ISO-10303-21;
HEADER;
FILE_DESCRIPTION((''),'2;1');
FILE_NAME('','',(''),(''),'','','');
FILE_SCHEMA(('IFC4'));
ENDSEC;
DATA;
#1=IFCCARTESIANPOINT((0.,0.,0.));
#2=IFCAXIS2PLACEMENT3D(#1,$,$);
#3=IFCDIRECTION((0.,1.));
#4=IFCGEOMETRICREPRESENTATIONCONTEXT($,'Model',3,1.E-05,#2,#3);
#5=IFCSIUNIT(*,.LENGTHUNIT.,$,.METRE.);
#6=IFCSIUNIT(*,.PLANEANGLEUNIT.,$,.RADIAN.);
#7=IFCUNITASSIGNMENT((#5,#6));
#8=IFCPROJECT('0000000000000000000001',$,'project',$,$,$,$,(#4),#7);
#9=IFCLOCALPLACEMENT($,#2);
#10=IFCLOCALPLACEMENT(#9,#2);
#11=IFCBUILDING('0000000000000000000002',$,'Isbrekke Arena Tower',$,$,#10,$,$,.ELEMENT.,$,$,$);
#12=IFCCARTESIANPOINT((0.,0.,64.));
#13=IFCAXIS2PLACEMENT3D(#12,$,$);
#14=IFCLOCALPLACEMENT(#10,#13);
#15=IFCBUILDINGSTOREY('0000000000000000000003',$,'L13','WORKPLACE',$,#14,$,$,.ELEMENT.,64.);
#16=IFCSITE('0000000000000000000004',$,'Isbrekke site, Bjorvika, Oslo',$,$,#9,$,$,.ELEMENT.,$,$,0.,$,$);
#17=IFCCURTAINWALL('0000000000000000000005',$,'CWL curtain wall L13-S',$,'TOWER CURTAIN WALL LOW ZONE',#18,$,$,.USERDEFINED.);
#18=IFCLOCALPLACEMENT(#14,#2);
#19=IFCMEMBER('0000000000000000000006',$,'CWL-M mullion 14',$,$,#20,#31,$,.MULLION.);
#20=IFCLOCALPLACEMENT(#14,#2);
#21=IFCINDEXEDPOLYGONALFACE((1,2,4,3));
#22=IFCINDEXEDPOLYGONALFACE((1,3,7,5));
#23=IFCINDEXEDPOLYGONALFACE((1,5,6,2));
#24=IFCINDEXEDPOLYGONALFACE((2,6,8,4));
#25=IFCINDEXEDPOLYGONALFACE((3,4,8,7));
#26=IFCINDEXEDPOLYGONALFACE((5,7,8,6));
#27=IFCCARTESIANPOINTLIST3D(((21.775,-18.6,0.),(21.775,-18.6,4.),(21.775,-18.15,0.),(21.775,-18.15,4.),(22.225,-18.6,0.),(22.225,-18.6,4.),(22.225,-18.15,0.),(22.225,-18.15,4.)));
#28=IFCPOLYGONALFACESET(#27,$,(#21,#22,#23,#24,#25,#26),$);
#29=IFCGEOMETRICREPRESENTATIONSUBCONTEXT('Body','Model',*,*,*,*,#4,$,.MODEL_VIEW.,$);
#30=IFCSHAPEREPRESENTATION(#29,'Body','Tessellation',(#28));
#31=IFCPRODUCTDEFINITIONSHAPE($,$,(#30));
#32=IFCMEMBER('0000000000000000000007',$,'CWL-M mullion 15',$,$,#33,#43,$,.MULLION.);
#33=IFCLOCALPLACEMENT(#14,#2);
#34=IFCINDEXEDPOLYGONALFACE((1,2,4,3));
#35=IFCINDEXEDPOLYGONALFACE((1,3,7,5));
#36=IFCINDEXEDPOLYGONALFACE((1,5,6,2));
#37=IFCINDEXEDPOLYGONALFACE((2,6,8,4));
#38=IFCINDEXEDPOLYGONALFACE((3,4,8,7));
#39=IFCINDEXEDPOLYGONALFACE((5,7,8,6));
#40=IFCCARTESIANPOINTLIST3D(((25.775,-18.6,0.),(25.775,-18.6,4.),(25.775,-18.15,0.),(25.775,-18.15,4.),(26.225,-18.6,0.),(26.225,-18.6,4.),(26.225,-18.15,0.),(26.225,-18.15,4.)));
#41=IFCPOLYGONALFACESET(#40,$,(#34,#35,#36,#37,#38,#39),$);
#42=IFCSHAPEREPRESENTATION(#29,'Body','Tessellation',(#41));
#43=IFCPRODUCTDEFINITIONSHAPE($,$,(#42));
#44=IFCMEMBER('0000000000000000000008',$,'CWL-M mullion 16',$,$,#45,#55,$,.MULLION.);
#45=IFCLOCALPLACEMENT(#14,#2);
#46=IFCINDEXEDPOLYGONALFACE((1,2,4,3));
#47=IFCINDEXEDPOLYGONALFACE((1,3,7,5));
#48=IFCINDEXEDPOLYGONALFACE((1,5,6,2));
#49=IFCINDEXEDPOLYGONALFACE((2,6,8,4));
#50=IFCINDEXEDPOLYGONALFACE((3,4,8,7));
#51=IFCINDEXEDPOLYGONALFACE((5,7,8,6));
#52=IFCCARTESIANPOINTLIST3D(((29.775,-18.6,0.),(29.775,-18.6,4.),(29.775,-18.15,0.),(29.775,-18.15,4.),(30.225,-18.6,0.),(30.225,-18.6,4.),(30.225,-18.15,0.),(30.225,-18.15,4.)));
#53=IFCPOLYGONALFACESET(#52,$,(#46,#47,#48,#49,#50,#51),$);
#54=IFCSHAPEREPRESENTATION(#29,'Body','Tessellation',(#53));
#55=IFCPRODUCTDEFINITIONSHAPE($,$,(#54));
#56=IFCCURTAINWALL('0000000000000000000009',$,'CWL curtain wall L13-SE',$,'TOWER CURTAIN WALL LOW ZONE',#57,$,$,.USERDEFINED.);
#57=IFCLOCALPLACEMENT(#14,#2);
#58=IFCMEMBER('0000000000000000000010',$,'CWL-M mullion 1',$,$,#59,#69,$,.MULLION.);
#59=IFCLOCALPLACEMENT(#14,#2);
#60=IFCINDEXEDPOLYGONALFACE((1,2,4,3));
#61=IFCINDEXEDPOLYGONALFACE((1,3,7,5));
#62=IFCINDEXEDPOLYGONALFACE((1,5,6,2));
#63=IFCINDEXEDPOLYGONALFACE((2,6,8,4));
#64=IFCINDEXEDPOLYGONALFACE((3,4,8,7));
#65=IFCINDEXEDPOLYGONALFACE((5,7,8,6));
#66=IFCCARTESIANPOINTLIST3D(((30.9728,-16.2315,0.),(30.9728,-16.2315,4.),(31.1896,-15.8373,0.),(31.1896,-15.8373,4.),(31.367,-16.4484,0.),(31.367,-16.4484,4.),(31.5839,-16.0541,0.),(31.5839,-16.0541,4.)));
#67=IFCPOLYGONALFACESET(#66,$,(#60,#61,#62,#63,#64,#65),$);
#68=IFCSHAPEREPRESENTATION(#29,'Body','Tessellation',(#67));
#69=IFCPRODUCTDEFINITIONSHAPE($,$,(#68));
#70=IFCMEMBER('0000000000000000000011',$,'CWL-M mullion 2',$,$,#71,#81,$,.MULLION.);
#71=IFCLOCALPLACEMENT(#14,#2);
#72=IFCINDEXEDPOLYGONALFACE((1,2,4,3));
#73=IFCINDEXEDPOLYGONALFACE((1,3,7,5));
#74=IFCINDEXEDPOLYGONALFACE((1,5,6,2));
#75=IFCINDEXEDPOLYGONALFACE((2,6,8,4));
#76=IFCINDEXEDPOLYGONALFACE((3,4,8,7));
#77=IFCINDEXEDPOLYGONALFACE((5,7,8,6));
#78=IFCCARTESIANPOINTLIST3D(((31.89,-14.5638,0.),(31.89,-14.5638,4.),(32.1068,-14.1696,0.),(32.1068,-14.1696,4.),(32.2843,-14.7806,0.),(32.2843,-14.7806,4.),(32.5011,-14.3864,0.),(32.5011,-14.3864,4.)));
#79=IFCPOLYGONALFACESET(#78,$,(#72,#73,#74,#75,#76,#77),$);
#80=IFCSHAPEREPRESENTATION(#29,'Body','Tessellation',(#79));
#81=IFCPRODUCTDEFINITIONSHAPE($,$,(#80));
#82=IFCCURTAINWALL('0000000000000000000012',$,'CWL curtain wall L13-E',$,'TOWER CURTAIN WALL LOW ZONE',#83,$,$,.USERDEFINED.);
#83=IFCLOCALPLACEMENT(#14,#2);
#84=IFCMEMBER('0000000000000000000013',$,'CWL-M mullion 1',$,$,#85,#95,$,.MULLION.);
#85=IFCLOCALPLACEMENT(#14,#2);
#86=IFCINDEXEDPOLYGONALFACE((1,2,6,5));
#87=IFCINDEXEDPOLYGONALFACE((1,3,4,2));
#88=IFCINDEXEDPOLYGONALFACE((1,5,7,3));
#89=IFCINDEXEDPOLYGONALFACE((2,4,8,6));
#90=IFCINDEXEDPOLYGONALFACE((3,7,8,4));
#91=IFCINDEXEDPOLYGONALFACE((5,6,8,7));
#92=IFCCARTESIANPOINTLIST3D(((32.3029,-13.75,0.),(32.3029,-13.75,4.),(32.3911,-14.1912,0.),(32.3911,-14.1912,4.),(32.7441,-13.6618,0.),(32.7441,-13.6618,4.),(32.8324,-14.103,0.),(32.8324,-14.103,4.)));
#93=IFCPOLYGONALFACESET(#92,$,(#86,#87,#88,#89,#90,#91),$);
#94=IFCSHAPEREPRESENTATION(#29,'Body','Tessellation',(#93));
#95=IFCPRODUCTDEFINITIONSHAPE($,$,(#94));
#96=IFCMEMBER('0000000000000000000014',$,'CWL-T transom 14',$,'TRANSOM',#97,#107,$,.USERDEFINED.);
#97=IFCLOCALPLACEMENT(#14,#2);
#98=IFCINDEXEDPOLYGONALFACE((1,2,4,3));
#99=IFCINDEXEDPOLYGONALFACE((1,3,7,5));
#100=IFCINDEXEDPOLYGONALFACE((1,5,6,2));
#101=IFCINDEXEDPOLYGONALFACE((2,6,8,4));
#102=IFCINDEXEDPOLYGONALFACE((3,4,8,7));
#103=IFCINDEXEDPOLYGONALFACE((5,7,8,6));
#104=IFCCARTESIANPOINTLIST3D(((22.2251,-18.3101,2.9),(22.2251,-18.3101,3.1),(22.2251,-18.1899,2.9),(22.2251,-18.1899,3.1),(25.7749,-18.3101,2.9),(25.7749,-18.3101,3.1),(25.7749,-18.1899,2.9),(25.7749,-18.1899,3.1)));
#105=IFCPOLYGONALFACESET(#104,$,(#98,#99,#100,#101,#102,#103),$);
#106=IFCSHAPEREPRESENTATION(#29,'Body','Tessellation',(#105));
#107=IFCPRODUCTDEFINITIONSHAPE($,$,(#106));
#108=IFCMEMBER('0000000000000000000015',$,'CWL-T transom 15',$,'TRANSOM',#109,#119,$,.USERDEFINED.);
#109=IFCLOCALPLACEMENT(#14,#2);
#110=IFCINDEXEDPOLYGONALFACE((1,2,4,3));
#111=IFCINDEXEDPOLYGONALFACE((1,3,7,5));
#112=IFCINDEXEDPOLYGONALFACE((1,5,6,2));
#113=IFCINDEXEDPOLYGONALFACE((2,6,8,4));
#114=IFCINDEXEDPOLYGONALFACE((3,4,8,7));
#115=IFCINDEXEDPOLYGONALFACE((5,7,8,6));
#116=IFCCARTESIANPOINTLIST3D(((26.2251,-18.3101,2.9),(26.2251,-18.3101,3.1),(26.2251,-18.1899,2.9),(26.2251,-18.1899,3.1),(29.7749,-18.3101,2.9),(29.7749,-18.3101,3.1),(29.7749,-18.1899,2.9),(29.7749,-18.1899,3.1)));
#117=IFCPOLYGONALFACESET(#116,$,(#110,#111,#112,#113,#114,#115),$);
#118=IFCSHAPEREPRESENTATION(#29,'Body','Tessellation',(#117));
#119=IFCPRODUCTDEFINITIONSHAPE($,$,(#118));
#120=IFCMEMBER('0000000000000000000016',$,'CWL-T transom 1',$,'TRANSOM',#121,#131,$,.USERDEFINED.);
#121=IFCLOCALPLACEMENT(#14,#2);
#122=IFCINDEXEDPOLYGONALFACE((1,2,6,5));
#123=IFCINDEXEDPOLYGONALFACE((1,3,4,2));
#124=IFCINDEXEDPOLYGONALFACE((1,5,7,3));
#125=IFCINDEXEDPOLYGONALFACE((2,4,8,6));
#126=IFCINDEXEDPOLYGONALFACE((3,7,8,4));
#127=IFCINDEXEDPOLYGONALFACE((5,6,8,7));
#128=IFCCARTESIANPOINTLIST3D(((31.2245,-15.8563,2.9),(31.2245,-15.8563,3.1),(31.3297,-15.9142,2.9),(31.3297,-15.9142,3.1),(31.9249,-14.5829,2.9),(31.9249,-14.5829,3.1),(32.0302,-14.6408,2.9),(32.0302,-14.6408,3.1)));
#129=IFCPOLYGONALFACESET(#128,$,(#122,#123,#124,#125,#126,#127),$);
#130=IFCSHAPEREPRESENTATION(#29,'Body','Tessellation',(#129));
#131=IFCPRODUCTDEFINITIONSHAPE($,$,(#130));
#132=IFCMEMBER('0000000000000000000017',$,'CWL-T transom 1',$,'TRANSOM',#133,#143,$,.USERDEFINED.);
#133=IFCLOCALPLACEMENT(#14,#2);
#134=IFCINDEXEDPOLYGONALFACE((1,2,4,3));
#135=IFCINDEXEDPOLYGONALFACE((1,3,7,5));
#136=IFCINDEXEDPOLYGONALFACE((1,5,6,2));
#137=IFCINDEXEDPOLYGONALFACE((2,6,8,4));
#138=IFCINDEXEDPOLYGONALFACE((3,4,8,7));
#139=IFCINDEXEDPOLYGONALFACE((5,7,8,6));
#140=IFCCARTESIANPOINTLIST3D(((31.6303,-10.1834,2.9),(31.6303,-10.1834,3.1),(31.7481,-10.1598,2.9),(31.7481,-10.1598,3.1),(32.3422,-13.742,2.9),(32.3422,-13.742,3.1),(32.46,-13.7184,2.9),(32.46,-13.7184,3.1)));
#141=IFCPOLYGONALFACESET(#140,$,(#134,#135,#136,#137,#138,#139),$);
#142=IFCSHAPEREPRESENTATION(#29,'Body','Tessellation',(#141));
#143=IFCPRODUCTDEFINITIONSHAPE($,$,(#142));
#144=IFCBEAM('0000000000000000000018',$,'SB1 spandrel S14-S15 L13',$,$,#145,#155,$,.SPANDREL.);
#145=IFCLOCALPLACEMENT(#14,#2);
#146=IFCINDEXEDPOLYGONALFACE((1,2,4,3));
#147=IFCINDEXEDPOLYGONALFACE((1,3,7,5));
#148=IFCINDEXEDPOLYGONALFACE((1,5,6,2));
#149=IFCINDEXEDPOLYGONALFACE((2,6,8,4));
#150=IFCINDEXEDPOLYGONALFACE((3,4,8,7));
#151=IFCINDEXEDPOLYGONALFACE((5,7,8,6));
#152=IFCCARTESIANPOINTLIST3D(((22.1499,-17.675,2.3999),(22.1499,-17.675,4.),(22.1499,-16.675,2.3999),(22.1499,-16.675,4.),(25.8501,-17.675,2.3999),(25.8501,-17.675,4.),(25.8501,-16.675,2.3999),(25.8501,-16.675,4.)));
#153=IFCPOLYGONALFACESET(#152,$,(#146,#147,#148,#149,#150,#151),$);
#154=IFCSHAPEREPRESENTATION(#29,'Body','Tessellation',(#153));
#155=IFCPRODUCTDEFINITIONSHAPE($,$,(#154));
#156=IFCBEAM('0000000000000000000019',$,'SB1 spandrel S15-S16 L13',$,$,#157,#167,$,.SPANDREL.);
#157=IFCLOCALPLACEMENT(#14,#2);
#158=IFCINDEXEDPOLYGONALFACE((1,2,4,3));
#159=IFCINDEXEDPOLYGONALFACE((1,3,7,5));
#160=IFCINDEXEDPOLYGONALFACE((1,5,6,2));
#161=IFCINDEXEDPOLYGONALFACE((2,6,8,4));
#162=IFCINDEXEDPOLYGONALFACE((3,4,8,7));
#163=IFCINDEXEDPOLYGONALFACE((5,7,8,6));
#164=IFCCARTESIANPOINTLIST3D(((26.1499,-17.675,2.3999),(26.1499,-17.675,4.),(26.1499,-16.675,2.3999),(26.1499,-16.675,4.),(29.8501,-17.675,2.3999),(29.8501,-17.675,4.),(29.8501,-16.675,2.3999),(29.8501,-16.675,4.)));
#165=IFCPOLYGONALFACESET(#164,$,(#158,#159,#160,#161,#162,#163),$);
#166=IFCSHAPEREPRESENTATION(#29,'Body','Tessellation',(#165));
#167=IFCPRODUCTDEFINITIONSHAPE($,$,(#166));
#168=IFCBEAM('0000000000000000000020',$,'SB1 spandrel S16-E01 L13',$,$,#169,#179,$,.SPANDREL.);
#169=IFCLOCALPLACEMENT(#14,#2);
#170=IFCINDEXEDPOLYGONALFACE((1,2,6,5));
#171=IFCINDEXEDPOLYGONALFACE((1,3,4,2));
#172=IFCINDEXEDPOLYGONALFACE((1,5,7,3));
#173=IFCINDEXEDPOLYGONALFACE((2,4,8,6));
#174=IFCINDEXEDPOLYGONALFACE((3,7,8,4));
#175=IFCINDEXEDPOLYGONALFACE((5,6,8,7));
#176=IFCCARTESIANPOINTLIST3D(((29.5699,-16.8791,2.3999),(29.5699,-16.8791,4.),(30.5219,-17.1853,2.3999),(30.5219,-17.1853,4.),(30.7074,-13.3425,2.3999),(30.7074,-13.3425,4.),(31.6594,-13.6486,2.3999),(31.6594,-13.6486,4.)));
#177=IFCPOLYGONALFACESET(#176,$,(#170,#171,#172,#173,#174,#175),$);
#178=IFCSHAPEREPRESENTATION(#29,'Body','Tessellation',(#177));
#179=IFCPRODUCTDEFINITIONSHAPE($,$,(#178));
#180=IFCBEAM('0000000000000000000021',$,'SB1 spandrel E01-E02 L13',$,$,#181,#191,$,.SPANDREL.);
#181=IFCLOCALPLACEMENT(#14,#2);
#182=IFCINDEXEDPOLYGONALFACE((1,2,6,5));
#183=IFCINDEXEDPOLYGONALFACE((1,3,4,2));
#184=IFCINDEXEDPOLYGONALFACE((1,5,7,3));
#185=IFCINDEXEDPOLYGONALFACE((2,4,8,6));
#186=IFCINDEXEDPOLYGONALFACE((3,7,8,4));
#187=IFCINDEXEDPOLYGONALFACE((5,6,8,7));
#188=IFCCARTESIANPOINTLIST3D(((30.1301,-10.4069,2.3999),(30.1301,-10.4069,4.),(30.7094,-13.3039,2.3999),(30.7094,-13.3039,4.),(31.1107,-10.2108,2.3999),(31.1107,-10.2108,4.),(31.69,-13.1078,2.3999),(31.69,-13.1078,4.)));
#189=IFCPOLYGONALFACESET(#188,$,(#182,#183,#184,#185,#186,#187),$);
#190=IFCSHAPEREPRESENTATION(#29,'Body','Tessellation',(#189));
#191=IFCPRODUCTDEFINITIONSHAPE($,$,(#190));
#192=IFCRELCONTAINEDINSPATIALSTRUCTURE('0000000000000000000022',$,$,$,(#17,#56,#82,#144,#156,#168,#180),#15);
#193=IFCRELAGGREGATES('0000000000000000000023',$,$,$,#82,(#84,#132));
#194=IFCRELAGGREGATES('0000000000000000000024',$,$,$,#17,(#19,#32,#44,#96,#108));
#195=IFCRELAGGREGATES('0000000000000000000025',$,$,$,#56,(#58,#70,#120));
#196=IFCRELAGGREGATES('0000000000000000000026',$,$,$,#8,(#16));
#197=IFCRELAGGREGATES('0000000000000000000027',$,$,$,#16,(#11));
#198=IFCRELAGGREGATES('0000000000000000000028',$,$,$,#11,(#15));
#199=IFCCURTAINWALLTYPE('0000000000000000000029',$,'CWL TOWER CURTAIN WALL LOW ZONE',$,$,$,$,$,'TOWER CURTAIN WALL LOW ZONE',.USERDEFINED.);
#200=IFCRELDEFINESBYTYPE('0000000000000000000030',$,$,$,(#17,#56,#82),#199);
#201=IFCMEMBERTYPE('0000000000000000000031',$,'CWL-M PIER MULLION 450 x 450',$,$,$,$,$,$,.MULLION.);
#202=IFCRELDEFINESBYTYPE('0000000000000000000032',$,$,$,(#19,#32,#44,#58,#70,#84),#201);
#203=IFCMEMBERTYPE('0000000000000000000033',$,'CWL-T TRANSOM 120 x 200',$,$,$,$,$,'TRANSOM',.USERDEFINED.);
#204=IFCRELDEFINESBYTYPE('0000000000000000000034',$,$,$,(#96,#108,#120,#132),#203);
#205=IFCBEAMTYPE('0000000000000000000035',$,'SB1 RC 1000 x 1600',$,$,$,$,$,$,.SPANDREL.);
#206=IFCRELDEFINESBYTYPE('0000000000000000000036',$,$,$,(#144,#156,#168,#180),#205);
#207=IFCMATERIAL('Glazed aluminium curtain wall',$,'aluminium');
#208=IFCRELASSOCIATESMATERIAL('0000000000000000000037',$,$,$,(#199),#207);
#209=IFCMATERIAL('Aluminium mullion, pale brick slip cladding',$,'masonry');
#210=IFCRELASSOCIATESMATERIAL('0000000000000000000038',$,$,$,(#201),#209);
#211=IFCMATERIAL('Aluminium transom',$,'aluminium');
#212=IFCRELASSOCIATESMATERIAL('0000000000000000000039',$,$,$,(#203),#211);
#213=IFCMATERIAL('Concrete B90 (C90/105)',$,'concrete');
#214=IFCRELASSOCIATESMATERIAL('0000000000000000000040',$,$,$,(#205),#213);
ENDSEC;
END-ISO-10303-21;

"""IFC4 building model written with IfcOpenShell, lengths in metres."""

from ifc_helpers import new_model, si_unit, direction, frame, origin, origin_2d, place, context, subcontext, project, spatial, rectangle, extrude, material, material_profile, profile_set, type_object, element, aggregate, save


model = new_model("IFC4")

# Units and contexts
model_context = context("Model", 3, precision=1e-05, world=origin(), true_north=direction((0.0, 1.0)))
body_context = subcontext(model_context, "Body", "Model", "MODEL_VIEW")
ifc_project = project(units=[si_unit("LENGTHUNIT", "METRE"), si_unit("PLANEANGLEUNIT", "RADIAN")], contexts=[model_context])

# Site, building, storey
site_placement = place(None, origin())
site = spatial("IfcSite", under=ifc_project, at=site_placement, Name="Isbrekke site, Bjorvika, Oslo", CompositionType="ELEMENT", RefElevation=0.0)
building_placement = place(site_placement, origin())
building = spatial("IfcBuilding", under=site, at=building_placement, Name="Isbrekke Arena Tower", CompositionType="ELEMENT")
storey_placement = place(building_placement, frame((0.0, 0.0, 64.0)))
storey = spatial("IfcBuildingStorey", under=building, at=storey_placement, Name="L13", Description="WORKPLACE", CompositionType="ELEMENT", Elevation=64.0)

# Curtain walls, members
ifc_material_1 = material(Name="Glazed aluminium curtain wall", Category="aluminium")
curtain_wall_type = type_object("IfcCurtainWallType", Name="CWL TOWER CURTAIN WALL LOW ZONE", ElementType="TOWER CURTAIN WALL LOW ZONE", PredefinedType="USERDEFINED", material=ifc_material_1)
curtain_wall_1_placement = place(storey_placement, origin())
curtain_wall_1 = element("IfcCurtainWall", 1, at=curtain_wall_1_placement, inside=storey, type_object=curtain_wall_type, Name="CWL curtain wall L13-S", ObjectType="TOWER CURTAIN WALL LOW ZONE", PredefinedType="USERDEFINED")
ifc_material_2 = material(Name="Aluminium mullion, pale brick slip cladding", Category="masonry")
ifc_material_profile_1 = material_profile(ifc_material_2, rectangle(XDim=0.45, YDim=0.45, at=origin_2d()), Name="PIER 450X450")
ifc_profile_set_1 = profile_set([ifc_material_profile_1], Name="Aluminium mullion, pale brick slip cladding")
member_type_1 = type_object("IfcMemberType", Name="CWL-M PIER MULLION 450 x 450", PredefinedType="MULLION", material=ifc_profile_set_1)
member_1_placement = place(storey_placement, frame((22.0, -18.375, 0.0), z_axis=(0.0, 0.0, 1.0), x_axis=(1.0, 0.0, 0.0)))
member_1 = element("IfcMember", 2, at=member_1_placement, type_object=member_type_1, Name="CWL-M mullion 14", PredefinedType="MULLION", context=body_context, shape_type="SweptSolid", body=[
    extrude(rectangle(XDim=0.45, YDim=0.45, at=origin_2d()), origin(), (0.0, 0.0, 1.0), 4.0),
])
member_2_placement = place(storey_placement, frame((26.0, -18.375, 0.0), z_axis=(0.0, 0.0, 1.0), x_axis=(1.0, 0.0, 0.0)))
member_2 = element("IfcMember", 3, at=member_2_placement, type_object=member_type_1, Name="CWL-M mullion 15", PredefinedType="MULLION", context=body_context, shape_type="SweptSolid", body=[
    extrude(rectangle(XDim=0.45, YDim=0.45, at=origin_2d()), origin(), (0.0, 0.0, 1.0), 4.0),
])
member_3_placement = place(storey_placement, frame((30.0, -18.375, 0.0), z_axis=(0.0, 0.0, 1.0), x_axis=(1.0, 0.0, 0.0)))
member_3 = element("IfcMember", 4, at=member_3_placement, type_object=member_type_1, Name="CWL-M mullion 16", PredefinedType="MULLION", context=body_context, shape_type="SweptSolid", body=[
    extrude(rectangle(XDim=0.45, YDim=0.45, at=origin_2d()), origin(), (0.0, 0.0, 1.0), 4.0),
])
curtain_wall_2_placement = place(storey_placement, origin())
curtain_wall_2 = element("IfcCurtainWall", 5, at=curtain_wall_2_placement, inside=storey, type_object=curtain_wall_type, Name="CWL curtain wall L13-SE", ObjectType="TOWER CURTAIN WALL LOW ZONE", PredefinedType="USERDEFINED")
member_4_placement = place(storey_placement, frame((31.2783, -16.1428, 0.0), z_axis=(0.0, 0.0, 1.0), x_axis=(0.481919, 0.876216, 0.0)))
member_4 = element("IfcMember", 6, at=member_4_placement, type_object=member_type_1, Name="CWL-M mullion 1", PredefinedType="MULLION", context=body_context, shape_type="SweptSolid", body=[
    extrude(rectangle(XDim=0.45, YDim=0.45, at=origin_2d()), origin(), (0.0, 0.0, 1.0), 4.0),
])
member_5_placement = place(storey_placement, frame((32.1956, -14.4751, 0.0), z_axis=(0.0, 0.0, 1.0), x_axis=(0.481919, 0.876216, 0.0)))
member_5 = element("IfcMember", 7, at=member_5_placement, type_object=member_type_1, Name="CWL-M mullion 2", PredefinedType="MULLION", context=body_context, shape_type="SweptSolid", body=[
    extrude(rectangle(XDim=0.45, YDim=0.45, at=origin_2d()), origin(), (0.0, 0.0, 1.0), 4.0),
])

# Curtain wall, member
curtain_wall_3_placement = place(storey_placement, origin())
curtain_wall_3 = element("IfcCurtainWall", 8, at=curtain_wall_3_placement, inside=storey, type_object=curtain_wall_type, Name="CWL curtain wall L13-E", ObjectType="TOWER CURTAIN WALL LOW ZONE", PredefinedType="USERDEFINED")
member_6_placement = place(storey_placement, frame((32.5676, -13.9265, 0.0), z_axis=(0.0, 0.0, 1.0), x_axis=(-0.196116, 0.980581, 0.0)))
member_6 = element("IfcMember", 9, at=member_6_placement, type_object=member_type_1, Name="CWL-M mullion 1", PredefinedType="MULLION", context=body_context, shape_type="SweptSolid", body=[
    extrude(rectangle(XDim=0.45, YDim=0.45, at=origin_2d()), origin(), (0.0, 0.0, 1.0), 4.0),
])

# Members
ifc_material_3 = material(Name="Aluminium transom", Category="aluminium")
ifc_material_profile_2 = material_profile(ifc_material_3, rectangle(XDim=0.1201, YDim=0.2, at=origin_2d()), Name="TRANSOM 120X200")
ifc_profile_set_2 = profile_set([ifc_material_profile_2], Name="Aluminium transom")
member_type_2 = type_object("IfcMemberType", Name="CWL-T TRANSOM 120 x 200", ElementType="TRANSOM", PredefinedType="USERDEFINED", material=ifc_profile_set_2)
member_7_placement = place(storey_placement, frame((22.2251, -18.25, 3.0), z_axis=(1.0, 0.0, 0.0), x_axis=(0.0, 1.0, 0.0)))
member_7 = element("IfcMember", 10, at=member_7_placement, type_object=member_type_2, Name="CWL-T transom 14", ObjectType="TRANSOM", PredefinedType="USERDEFINED", context=body_context, shape_type="SweptSolid", body=[
    extrude(rectangle(XDim=0.1201, YDim=0.2, at=origin_2d()), origin(), (0.0, 0.0, 1.0), 3.5498),
])
member_8_placement = place(storey_placement, frame((26.2251, -18.25, 3.0), z_axis=(1.0, 0.0, 0.0), x_axis=(0.0, 1.0, 0.0)))
member_8 = element("IfcMember", 11, at=member_8_placement, type_object=member_type_2, Name="CWL-T transom 15", ObjectType="TRANSOM", PredefinedType="USERDEFINED", context=body_context, shape_type="SweptSolid", body=[
    extrude(rectangle(XDim=0.1201, YDim=0.2, at=origin_2d()), origin(), (0.0, 0.0, 1.0), 3.5498),
])
member_9_placement = place(storey_placement, frame((31.2771, -15.8853, 3.0), z_axis=(0.481945, 0.876202, 0.0), x_axis=(-0.876202, 0.481945, 0.0)))
member_9 = element("IfcMember", 12, at=member_9_placement, type_object=member_type_2, Name="CWL-T transom 1", ObjectType="TRANSOM", PredefinedType="USERDEFINED", context=body_context, shape_type="SweptSolid", body=[
    extrude(rectangle(XDim=0.1201, YDim=0.2, at=origin_2d()), origin(), (0.0, 0.0, 1.0), 1.4534),
])
member_10_placement = place(storey_placement, frame((32.4011, -13.7302, 3.0), z_axis=(-0.196168, 0.98057, 0.0), x_axis=(-0.98057, -0.196168, 0.0)))
member_10 = element("IfcMember", 13, at=member_10_placement, type_object=member_type_2, Name="CWL-T transom 1", ObjectType="TRANSOM", PredefinedType="USERDEFINED", context=body_context, shape_type="SweptSolid", body=[
    extrude(rectangle(XDim=0.1201, YDim=0.2, at=origin_2d()), origin(), (0.0, 0.0, 1.0), 3.6292),
])
aggregate(curtain_wall_3, [member_6, member_10])

# Beams
ifc_material_4 = material(Name="Concrete B90 (C90/105)", Category="concrete")
ifc_material_profile_3 = material_profile(ifc_material_4, rectangle(XDim=1.0, YDim=1.6001, at=origin_2d()), Name="RC 1000x1600")
ifc_profile_set_3 = profile_set([ifc_material_profile_3], Name="Concrete B90 (C90/105)")
beam_type_1 = type_object("IfcBeamType", Name="SB1 RC 1000 x 1600", PredefinedType="SPANDREL", material=ifc_profile_set_3)
for number, where, z_axis, x_axis, name in (
    (14, (22.1499, -17.175, 3.2), (1.0, 0.0, 0.0), (0.0, 1.0, 0.0), "SB1 spandrel S14-S15 L13"),
    (15, (26.1499, -17.175, 3.2), (1.0, 0.0, 0.0), (0.0, 1.0, 0.0), "SB1 spandrel S15-S16 L13"),
):
    element("IfcBeam", number, at=place(storey_placement, frame(where, z_axis=z_axis, x_axis=x_axis)), inside=storey, type_object=beam_type_1, Name=name, PredefinedType="SPANDREL", context=body_context, shape_type="SweptSolid", body=[
        extrude(rectangle(XDim=1.0, YDim=1.6001, at=origin_2d()), origin(), (0.0, 0.0, 1.0), 3.7002),
    ])
beam_1_placement = place(storey_placement, frame((30.0459, -17.0322, 3.2), z_axis=(0.306175, 0.951975, 0.0), x_axis=(-0.951975, 0.306175, 0.0)))
element("IfcBeam", 16, at=beam_1_placement, inside=storey, type_object=beam_type_1, Name="SB1 spandrel S16-E01 L13", PredefinedType="SPANDREL", context=body_context, shape_type="SweptSolid", body=[
    extrude(rectangle(XDim=1.0, YDim=1.6001, at=origin_2d()), origin(), (0.0, 0.0, 1.0), 3.7151),
])
beam_2_placement = place(storey_placement, frame((31.1997, -13.2058, 3.2), z_axis=(-0.1961, 0.980584, 0.0), x_axis=(-0.980584, -0.1961, 0.0)))
element("IfcBeam", 17, at=beam_2_placement, inside=storey, type_object=beam_type_1, Name="SB1 spandrel E01-E02 L13", PredefinedType="SPANDREL", context=body_context, shape_type="SweptSolid", body=[
    extrude(rectangle(XDim=1.0, YDim=1.6001, at=origin_2d()), origin(), (0.0, 0.0, 1.0), 2.9543),
])

aggregate(curtain_wall_1, [member_1, member_2, member_3, member_7, member_8])
aggregate(curtain_wall_2, [member_4, member_5, member_9])

save(model, "model.ifc")
